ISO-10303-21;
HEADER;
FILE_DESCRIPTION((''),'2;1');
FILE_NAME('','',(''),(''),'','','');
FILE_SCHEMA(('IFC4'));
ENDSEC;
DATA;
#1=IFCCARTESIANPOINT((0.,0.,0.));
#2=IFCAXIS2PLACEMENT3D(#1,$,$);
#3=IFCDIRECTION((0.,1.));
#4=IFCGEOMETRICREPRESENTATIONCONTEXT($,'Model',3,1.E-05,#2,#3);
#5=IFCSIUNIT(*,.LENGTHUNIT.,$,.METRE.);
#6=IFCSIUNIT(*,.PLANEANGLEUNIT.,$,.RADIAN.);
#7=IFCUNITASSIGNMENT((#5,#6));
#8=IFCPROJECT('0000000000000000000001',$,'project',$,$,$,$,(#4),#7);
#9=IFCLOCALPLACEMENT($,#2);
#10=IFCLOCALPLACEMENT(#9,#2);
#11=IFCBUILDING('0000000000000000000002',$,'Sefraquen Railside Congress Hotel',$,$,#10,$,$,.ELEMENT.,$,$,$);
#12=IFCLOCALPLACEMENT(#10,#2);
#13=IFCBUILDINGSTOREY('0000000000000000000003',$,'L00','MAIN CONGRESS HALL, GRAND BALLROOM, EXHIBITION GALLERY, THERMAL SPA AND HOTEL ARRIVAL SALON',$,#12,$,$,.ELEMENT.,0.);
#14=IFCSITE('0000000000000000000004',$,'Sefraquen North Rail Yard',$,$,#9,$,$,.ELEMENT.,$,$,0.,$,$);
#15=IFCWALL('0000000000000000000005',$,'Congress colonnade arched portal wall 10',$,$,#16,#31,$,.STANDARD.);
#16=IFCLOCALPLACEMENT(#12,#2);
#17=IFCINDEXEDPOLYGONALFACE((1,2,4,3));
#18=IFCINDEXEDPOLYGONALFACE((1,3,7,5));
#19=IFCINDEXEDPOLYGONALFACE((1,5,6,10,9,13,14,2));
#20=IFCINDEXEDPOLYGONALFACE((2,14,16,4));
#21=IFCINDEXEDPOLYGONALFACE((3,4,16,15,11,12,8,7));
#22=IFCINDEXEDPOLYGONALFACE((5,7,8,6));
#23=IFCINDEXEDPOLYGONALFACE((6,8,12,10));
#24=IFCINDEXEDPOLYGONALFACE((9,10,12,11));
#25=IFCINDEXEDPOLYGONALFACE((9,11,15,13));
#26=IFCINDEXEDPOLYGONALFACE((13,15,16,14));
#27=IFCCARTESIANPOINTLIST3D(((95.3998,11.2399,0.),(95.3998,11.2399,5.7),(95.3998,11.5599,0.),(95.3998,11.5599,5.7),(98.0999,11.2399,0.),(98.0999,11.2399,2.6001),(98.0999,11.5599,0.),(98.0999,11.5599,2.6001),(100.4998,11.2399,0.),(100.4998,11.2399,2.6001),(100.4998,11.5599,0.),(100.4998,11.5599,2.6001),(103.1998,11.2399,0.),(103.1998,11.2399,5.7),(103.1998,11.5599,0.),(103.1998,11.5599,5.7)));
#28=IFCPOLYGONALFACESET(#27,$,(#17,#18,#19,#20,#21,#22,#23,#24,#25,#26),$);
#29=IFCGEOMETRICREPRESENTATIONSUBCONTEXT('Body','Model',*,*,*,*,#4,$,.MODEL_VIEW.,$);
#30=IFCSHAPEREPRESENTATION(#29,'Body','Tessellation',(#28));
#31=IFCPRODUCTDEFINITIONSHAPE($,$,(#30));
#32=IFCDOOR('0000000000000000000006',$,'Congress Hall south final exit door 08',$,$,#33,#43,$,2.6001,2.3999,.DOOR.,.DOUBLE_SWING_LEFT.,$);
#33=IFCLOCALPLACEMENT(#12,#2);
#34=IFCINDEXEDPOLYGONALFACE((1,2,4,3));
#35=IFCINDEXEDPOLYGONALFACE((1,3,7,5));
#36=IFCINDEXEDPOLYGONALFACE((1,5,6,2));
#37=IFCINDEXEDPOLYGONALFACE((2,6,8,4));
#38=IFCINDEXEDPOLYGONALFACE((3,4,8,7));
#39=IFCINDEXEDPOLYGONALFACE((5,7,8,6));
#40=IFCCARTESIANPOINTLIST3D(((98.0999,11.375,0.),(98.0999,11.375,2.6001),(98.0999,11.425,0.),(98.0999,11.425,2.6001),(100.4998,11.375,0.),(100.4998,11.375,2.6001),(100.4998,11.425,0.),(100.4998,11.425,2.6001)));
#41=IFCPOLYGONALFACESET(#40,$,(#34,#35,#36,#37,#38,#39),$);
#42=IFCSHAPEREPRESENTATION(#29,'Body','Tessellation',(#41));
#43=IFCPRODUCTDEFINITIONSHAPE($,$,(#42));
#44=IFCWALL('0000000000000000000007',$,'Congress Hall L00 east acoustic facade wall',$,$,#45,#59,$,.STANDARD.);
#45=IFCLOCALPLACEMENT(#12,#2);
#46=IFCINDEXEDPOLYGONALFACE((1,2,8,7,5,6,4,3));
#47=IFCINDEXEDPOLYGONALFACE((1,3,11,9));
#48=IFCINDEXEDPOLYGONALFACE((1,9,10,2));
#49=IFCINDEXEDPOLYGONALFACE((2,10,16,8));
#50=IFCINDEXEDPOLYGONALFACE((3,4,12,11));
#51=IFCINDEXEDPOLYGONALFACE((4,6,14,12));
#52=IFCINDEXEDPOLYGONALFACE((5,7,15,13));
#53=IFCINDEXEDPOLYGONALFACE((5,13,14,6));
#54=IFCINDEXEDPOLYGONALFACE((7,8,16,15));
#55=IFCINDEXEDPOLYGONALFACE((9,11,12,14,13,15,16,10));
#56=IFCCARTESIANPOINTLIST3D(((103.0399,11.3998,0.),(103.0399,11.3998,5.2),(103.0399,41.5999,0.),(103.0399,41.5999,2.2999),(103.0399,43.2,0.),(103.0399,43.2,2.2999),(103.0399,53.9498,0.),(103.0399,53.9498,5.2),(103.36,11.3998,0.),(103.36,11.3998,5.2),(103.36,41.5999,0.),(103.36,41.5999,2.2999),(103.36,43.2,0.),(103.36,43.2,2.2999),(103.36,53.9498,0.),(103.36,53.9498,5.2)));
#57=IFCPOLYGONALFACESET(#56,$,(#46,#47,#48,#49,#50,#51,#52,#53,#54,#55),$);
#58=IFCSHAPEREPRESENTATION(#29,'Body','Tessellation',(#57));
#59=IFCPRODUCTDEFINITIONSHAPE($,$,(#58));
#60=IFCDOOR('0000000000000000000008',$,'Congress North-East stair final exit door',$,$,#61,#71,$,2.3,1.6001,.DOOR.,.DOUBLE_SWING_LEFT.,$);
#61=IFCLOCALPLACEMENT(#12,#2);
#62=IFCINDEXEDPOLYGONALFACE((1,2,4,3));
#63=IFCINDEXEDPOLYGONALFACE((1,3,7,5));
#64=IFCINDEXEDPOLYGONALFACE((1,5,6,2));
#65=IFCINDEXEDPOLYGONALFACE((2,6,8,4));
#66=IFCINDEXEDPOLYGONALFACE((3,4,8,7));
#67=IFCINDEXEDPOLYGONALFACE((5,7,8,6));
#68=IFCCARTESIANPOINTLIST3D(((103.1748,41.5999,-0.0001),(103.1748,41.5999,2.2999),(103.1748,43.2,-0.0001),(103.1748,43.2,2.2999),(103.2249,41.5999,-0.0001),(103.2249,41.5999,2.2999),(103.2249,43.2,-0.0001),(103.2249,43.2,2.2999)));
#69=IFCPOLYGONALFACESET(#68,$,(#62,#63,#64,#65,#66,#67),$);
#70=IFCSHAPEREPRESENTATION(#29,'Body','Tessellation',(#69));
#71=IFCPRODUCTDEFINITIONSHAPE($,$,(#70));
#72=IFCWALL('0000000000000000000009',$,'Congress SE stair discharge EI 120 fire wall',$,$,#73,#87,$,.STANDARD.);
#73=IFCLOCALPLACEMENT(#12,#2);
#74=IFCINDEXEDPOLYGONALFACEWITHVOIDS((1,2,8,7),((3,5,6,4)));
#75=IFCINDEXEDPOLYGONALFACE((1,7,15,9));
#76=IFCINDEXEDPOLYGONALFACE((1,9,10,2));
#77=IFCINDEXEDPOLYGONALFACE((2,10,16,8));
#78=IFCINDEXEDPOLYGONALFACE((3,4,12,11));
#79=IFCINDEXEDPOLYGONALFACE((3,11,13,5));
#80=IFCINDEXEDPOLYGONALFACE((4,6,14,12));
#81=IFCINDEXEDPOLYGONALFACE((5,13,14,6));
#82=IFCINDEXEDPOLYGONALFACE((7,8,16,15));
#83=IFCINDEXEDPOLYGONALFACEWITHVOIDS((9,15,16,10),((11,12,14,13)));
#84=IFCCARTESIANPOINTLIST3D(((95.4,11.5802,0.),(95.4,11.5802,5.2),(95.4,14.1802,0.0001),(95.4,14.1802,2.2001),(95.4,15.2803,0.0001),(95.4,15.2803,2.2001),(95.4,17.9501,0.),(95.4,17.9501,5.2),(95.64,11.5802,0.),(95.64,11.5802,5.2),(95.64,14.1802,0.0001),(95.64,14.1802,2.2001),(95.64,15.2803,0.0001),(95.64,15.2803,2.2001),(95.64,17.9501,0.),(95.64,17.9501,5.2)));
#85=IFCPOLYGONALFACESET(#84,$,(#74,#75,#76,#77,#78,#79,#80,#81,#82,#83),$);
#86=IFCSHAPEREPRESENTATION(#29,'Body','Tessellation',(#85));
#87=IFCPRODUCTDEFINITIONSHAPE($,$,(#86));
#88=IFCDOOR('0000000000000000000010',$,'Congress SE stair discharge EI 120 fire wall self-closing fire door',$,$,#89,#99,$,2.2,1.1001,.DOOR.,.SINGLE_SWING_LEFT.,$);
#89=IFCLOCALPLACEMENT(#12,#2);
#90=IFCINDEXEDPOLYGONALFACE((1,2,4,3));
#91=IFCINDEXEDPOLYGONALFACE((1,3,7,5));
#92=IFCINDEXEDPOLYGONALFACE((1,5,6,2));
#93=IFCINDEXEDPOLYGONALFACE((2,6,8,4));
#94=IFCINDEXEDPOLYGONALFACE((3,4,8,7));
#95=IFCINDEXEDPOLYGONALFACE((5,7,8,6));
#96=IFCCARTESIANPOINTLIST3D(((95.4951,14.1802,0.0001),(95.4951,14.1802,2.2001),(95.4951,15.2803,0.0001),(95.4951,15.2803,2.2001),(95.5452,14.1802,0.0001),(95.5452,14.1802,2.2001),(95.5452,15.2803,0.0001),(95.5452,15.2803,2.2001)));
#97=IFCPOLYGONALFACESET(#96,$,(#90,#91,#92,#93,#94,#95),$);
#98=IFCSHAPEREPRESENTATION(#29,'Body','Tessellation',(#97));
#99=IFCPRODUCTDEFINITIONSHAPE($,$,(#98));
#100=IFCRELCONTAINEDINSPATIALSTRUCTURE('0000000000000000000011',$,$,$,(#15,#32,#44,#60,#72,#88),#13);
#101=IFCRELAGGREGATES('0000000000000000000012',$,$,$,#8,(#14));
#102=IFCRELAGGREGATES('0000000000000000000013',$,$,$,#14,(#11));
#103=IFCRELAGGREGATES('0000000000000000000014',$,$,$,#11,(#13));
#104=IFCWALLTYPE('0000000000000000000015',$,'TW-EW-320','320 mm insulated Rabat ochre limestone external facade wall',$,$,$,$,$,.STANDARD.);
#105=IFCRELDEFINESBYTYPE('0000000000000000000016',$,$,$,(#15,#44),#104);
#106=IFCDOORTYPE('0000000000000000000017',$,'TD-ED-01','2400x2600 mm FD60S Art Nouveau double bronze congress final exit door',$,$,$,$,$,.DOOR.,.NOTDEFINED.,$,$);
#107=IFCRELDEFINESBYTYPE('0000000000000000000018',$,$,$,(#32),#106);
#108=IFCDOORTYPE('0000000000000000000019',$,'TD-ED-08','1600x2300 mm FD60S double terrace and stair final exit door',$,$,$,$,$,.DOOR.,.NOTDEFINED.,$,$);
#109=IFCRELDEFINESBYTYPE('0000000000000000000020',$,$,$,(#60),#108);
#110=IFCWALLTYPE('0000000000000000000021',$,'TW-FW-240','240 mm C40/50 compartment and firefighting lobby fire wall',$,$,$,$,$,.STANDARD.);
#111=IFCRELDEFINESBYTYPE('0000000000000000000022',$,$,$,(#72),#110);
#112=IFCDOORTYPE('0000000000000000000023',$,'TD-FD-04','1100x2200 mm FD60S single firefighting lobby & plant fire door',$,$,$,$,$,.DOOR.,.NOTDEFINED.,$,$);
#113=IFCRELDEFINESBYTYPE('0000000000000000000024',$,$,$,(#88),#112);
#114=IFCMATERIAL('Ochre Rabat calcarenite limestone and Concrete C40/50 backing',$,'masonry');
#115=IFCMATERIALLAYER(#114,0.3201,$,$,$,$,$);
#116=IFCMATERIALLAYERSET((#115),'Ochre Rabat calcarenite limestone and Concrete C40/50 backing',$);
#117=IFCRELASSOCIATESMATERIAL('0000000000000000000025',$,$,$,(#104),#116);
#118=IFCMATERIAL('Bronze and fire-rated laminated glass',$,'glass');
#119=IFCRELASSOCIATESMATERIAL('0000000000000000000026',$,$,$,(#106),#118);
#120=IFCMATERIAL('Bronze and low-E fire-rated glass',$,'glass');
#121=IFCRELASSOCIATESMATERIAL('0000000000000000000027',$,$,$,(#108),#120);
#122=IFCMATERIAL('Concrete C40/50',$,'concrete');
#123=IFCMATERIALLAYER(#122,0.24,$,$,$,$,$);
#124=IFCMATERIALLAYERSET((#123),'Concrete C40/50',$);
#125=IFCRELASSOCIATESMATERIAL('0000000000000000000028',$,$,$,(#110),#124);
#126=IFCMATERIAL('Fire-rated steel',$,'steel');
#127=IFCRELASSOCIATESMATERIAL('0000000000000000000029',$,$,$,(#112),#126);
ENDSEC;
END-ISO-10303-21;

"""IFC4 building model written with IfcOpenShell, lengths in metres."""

from ifc_helpers import new_model, si_unit, direction, frame, frame_2d, origin, place, context, subcontext, project, spatial, rectangle, extrude, material, layer, layer_set, type_object, element, fill, save


model = new_model("IFC4")

# Units and contexts
model_context = context("Model", 3, precision=1e-05, world=origin(), true_north=direction((0.0, 1.0)))
body_context = subcontext(model_context, "Body", "Model", "MODEL_VIEW")
ifc_project = project(units=[si_unit("LENGTHUNIT", "METRE"), si_unit("PLANEANGLEUNIT", "RADIAN")], contexts=[model_context])

# Site, building, storey
site_placement = place(None, origin())
site = spatial("IfcSite", under=ifc_project, at=site_placement, Name="Sefraquen North Rail Yard", CompositionType="ELEMENT", RefElevation=0.0)
building_placement = place(site_placement, origin())
building = spatial("IfcBuilding", under=site, at=building_placement, Name="Sefraquen Railside Congress Hotel", CompositionType="ELEMENT")
storey_placement = place(building_placement, origin())
storey = spatial("IfcBuildingStorey", under=building, at=storey_placement, Name="L00", Description="MAIN CONGRESS HALL, GRAND BALLROOM, EXHIBITION GALLERY, THERMAL SPA AND HOTEL ARRIVAL SALON", CompositionType="ELEMENT", Elevation=0.0)

# Walls, openings, doors
ifc_material_1 = material(Name="Fire-rated steel", Category="steel")
ifc_material_2 = material(Name="Ochre Rabat calcarenite limestone and Concrete C40/50 backing", Category="masonry")
ifc_layer_1 = layer(ifc_material_2, 0.3201)
ifc_layer_set_1 = layer_set([ifc_layer_1], Name="Ochre Rabat calcarenite limestone and Concrete C40/50 backing")
wall_type_1 = type_object("IfcWallType", Name="TW-EW-320", Description="320 mm insulated Rabat ochre limestone external facade wall", PredefinedType="STANDARD", material=ifc_layer_set_1)
wall_1_placement = place(storey_placement, frame((95.3999, 11.3999, 0.0), z_axis=(0.0, 0.0, 1.0), x_axis=(1.0, 0.0, 0.0)))
wall_1 = element("IfcWall", 1, at=wall_1_placement, inside=storey, type_object=wall_type_1, Name="Congress colonnade arched portal wall 10", PredefinedType="STANDARD", context=body_context, shape_type="SweptSolid", body=[
    extrude(rectangle(XDim=7.8, YDim=0.3201, at=frame_2d((3.8999, 0.0))), origin(), (0.0, 0.0, 1.0), 5.7),
])
opening_1_placement = place(wall_1_placement, frame((2.7, 0.0, 0.0)))
opening_1 = element("IfcOpeningElement", 2, at=opening_1_placement, cuts=wall_1, PredefinedType="OPENING", context=body_context, shape_type="SweptSolid", body=[
    extrude(rectangle(XDim=2.3999, YDim=2.6001, at=frame_2d((1.2, 1.3))), frame((0.0, 0.1699, 0.0), z_axis=(0.0, -1.0, 0.0), x_axis=(1.0, 0.0, 0.0)), (0.0, 0.0, 1.0), 0.3401),
])
ifc_material_3 = material(Name="Bronze and fire-rated laminated glass", Category="glass")
door_type_1 = type_object("IfcDoorType", Name="TD-ED-01", Description="2400x2600 mm FD60S Art Nouveau double bronze congress final exit door", OperationType="NOTDEFINED", PredefinedType="DOOR", material=ifc_material_3)
door_1_placement = place(opening_1_placement, frame((2.3999, 0.0, 0.0), z_axis=(0.0, 0.0, 1.0), x_axis=(-1.0, 0.0, 0.0)))
door_1 = element("IfcDoor", 3, at=door_1_placement, inside=storey, type_object=door_type_1, Name="Congress Hall south final exit door 08", OperationType="DOUBLE_SWING_LEFT", OverallHeight=2.6001, OverallWidth=2.3999, PredefinedType="DOOR", context=body_context, shape_type="SweptSolid", body=[
    extrude(rectangle(XDim=2.3999, YDim=2.6001, at=frame_2d((1.2, 1.3))), frame((0.0, 0.0249, 0.0), z_axis=(0.0, -1.0, 0.0), x_axis=(1.0, 0.0, 0.0)), (0.0, 0.0, 1.0), 0.05),
])
fill(opening_1, door_1)
wall_2_placement = place(storey_placement, frame((103.2, 11.3999, 0.0), z_axis=(0.0, 0.0, 1.0), x_axis=(0.0, 1.0, 0.0)))
wall_2 = element("IfcWall", 4, at=wall_2_placement, inside=storey, type_object=wall_type_1, Name="Congress Hall L00 east acoustic facade wall", PredefinedType="STANDARD", context=body_context, shape_type="SweptSolid", body=[
    extrude(rectangle(XDim=42.55, YDim=0.3201, at=frame_2d((21.2749, 0.0))), origin(), (0.0, 0.0, 1.0), 5.2),
])
opening_2_placement = place(wall_2_placement, frame((30.2, 0.0, 0.0)))
opening_2 = element("IfcOpeningElement", 5, at=opening_2_placement, cuts=wall_2, PredefinedType="OPENING", context=body_context, shape_type="SweptSolid", body=[
    extrude(rectangle(XDim=1.6001, YDim=2.3, at=frame_2d((0.8, 1.1499))), frame((0.0, 0.1699, 0.0), z_axis=(0.0, -1.0, 0.0), x_axis=(1.0, 0.0, 0.0)), (0.0, 0.0, 1.0), 0.3401),
])
ifc_material_4 = material(Name="Bronze and low-E fire-rated glass", Category="glass")
door_type_2 = type_object("IfcDoorType", Name="TD-ED-08", Description="1600x2300 mm FD60S double terrace and stair final exit door", OperationType="NOTDEFINED", PredefinedType="DOOR", material=ifc_material_4)
door_2_placement = place(opening_2_placement, frame((1.6001, 0.0, 0.0), z_axis=(0.0, 0.0, 1.0), x_axis=(-1.0, 0.0, 0.0)))
door_2 = element("IfcDoor", 6, at=door_2_placement, inside=storey, type_object=door_type_2, Name="Congress North-East stair final exit door", OperationType="DOUBLE_SWING_LEFT", OverallHeight=2.3, OverallWidth=1.6001, PredefinedType="DOOR", context=body_context, shape_type="SweptSolid", body=[
    extrude(rectangle(XDim=1.6001, YDim=2.3, at=frame_2d((0.8, 1.1499))), frame((0.0, 0.0249, 0.0), z_axis=(0.0, -1.0, 0.0), x_axis=(1.0, 0.0, 0.0)), (0.0, 0.0, 1.0), 0.05),
])
fill(opening_2, door_2)
ifc_material_5 = material(Name="Concrete C40/50", Category="concrete")
ifc_layer_2 = layer(ifc_material_5, 0.24)
ifc_layer_set_2 = layer_set([ifc_layer_2], Name="Concrete C40/50")
wall_type_2 = type_object("IfcWallType", Name="TW-FW-240", Description="240 mm C40/50 compartment and firefighting lobby fire wall", PredefinedType="STANDARD", material=ifc_layer_set_2)
wall_3_placement = place(storey_placement, frame((95.52, 11.5801, 0.0), z_axis=(0.0, 0.0, 1.0), x_axis=(0.0, 1.0, 0.0)))
wall_3 = element("IfcWall", 7, at=wall_3_placement, inside=storey, type_object=wall_type_2, Name="Congress SE stair discharge EI 120 fire wall", PredefinedType="STANDARD", context=body_context, shape_type="SweptSolid", body=[
    extrude(rectangle(XDim=6.3699, YDim=0.24, at=frame_2d((3.1851, 0.0))), origin(), (0.0, 0.0, 1.0), 5.2),
])
opening_3_placement = place(wall_3_placement, frame((2.6001, 0.0, 0.0)))
opening_3 = element("IfcOpeningElement", 8, at=opening_3_placement, cuts=wall_3, PredefinedType="OPENING", context=body_context, shape_type="SweptSolid", body=[
    extrude(rectangle(XDim=1.1001, YDim=2.2, at=frame_2d((0.55, 1.1001))), frame((0.0, 0.1299, 0.0), z_axis=(0.0, -1.0, 0.0), x_axis=(1.0, 0.0, 0.0)), (0.0, 0.0, 1.0), 0.26),
])
door_type_3 = type_object("IfcDoorType", Name="TD-FD-04", Description="1100x2200 mm FD60S single firefighting lobby & plant fire door", OperationType="NOTDEFINED", PredefinedType="DOOR", material=ifc_material_1)
door_3_placement = place(opening_3_placement, origin())
door_3 = element("IfcDoor", 9, at=door_3_placement, inside=storey, type_object=door_type_3, Name="Congress SE stair discharge EI 120 fire wall self-closing fire door", OperationType="SINGLE_SWING_LEFT", OverallHeight=2.2, OverallWidth=1.1001, PredefinedType="DOOR", context=body_context, shape_type="SweptSolid", body=[
    extrude(rectangle(XDim=1.1001, YDim=2.2, at=frame_2d((0.55, 1.1001))), frame((0.0, 0.0249, 0.0), z_axis=(0.0, -1.0, 0.0), x_axis=(1.0, 0.0, 0.0)), (0.0, 0.0, 1.0), 0.05),
])
fill(opening_3, door_3)

save(model, "model.ifc")
